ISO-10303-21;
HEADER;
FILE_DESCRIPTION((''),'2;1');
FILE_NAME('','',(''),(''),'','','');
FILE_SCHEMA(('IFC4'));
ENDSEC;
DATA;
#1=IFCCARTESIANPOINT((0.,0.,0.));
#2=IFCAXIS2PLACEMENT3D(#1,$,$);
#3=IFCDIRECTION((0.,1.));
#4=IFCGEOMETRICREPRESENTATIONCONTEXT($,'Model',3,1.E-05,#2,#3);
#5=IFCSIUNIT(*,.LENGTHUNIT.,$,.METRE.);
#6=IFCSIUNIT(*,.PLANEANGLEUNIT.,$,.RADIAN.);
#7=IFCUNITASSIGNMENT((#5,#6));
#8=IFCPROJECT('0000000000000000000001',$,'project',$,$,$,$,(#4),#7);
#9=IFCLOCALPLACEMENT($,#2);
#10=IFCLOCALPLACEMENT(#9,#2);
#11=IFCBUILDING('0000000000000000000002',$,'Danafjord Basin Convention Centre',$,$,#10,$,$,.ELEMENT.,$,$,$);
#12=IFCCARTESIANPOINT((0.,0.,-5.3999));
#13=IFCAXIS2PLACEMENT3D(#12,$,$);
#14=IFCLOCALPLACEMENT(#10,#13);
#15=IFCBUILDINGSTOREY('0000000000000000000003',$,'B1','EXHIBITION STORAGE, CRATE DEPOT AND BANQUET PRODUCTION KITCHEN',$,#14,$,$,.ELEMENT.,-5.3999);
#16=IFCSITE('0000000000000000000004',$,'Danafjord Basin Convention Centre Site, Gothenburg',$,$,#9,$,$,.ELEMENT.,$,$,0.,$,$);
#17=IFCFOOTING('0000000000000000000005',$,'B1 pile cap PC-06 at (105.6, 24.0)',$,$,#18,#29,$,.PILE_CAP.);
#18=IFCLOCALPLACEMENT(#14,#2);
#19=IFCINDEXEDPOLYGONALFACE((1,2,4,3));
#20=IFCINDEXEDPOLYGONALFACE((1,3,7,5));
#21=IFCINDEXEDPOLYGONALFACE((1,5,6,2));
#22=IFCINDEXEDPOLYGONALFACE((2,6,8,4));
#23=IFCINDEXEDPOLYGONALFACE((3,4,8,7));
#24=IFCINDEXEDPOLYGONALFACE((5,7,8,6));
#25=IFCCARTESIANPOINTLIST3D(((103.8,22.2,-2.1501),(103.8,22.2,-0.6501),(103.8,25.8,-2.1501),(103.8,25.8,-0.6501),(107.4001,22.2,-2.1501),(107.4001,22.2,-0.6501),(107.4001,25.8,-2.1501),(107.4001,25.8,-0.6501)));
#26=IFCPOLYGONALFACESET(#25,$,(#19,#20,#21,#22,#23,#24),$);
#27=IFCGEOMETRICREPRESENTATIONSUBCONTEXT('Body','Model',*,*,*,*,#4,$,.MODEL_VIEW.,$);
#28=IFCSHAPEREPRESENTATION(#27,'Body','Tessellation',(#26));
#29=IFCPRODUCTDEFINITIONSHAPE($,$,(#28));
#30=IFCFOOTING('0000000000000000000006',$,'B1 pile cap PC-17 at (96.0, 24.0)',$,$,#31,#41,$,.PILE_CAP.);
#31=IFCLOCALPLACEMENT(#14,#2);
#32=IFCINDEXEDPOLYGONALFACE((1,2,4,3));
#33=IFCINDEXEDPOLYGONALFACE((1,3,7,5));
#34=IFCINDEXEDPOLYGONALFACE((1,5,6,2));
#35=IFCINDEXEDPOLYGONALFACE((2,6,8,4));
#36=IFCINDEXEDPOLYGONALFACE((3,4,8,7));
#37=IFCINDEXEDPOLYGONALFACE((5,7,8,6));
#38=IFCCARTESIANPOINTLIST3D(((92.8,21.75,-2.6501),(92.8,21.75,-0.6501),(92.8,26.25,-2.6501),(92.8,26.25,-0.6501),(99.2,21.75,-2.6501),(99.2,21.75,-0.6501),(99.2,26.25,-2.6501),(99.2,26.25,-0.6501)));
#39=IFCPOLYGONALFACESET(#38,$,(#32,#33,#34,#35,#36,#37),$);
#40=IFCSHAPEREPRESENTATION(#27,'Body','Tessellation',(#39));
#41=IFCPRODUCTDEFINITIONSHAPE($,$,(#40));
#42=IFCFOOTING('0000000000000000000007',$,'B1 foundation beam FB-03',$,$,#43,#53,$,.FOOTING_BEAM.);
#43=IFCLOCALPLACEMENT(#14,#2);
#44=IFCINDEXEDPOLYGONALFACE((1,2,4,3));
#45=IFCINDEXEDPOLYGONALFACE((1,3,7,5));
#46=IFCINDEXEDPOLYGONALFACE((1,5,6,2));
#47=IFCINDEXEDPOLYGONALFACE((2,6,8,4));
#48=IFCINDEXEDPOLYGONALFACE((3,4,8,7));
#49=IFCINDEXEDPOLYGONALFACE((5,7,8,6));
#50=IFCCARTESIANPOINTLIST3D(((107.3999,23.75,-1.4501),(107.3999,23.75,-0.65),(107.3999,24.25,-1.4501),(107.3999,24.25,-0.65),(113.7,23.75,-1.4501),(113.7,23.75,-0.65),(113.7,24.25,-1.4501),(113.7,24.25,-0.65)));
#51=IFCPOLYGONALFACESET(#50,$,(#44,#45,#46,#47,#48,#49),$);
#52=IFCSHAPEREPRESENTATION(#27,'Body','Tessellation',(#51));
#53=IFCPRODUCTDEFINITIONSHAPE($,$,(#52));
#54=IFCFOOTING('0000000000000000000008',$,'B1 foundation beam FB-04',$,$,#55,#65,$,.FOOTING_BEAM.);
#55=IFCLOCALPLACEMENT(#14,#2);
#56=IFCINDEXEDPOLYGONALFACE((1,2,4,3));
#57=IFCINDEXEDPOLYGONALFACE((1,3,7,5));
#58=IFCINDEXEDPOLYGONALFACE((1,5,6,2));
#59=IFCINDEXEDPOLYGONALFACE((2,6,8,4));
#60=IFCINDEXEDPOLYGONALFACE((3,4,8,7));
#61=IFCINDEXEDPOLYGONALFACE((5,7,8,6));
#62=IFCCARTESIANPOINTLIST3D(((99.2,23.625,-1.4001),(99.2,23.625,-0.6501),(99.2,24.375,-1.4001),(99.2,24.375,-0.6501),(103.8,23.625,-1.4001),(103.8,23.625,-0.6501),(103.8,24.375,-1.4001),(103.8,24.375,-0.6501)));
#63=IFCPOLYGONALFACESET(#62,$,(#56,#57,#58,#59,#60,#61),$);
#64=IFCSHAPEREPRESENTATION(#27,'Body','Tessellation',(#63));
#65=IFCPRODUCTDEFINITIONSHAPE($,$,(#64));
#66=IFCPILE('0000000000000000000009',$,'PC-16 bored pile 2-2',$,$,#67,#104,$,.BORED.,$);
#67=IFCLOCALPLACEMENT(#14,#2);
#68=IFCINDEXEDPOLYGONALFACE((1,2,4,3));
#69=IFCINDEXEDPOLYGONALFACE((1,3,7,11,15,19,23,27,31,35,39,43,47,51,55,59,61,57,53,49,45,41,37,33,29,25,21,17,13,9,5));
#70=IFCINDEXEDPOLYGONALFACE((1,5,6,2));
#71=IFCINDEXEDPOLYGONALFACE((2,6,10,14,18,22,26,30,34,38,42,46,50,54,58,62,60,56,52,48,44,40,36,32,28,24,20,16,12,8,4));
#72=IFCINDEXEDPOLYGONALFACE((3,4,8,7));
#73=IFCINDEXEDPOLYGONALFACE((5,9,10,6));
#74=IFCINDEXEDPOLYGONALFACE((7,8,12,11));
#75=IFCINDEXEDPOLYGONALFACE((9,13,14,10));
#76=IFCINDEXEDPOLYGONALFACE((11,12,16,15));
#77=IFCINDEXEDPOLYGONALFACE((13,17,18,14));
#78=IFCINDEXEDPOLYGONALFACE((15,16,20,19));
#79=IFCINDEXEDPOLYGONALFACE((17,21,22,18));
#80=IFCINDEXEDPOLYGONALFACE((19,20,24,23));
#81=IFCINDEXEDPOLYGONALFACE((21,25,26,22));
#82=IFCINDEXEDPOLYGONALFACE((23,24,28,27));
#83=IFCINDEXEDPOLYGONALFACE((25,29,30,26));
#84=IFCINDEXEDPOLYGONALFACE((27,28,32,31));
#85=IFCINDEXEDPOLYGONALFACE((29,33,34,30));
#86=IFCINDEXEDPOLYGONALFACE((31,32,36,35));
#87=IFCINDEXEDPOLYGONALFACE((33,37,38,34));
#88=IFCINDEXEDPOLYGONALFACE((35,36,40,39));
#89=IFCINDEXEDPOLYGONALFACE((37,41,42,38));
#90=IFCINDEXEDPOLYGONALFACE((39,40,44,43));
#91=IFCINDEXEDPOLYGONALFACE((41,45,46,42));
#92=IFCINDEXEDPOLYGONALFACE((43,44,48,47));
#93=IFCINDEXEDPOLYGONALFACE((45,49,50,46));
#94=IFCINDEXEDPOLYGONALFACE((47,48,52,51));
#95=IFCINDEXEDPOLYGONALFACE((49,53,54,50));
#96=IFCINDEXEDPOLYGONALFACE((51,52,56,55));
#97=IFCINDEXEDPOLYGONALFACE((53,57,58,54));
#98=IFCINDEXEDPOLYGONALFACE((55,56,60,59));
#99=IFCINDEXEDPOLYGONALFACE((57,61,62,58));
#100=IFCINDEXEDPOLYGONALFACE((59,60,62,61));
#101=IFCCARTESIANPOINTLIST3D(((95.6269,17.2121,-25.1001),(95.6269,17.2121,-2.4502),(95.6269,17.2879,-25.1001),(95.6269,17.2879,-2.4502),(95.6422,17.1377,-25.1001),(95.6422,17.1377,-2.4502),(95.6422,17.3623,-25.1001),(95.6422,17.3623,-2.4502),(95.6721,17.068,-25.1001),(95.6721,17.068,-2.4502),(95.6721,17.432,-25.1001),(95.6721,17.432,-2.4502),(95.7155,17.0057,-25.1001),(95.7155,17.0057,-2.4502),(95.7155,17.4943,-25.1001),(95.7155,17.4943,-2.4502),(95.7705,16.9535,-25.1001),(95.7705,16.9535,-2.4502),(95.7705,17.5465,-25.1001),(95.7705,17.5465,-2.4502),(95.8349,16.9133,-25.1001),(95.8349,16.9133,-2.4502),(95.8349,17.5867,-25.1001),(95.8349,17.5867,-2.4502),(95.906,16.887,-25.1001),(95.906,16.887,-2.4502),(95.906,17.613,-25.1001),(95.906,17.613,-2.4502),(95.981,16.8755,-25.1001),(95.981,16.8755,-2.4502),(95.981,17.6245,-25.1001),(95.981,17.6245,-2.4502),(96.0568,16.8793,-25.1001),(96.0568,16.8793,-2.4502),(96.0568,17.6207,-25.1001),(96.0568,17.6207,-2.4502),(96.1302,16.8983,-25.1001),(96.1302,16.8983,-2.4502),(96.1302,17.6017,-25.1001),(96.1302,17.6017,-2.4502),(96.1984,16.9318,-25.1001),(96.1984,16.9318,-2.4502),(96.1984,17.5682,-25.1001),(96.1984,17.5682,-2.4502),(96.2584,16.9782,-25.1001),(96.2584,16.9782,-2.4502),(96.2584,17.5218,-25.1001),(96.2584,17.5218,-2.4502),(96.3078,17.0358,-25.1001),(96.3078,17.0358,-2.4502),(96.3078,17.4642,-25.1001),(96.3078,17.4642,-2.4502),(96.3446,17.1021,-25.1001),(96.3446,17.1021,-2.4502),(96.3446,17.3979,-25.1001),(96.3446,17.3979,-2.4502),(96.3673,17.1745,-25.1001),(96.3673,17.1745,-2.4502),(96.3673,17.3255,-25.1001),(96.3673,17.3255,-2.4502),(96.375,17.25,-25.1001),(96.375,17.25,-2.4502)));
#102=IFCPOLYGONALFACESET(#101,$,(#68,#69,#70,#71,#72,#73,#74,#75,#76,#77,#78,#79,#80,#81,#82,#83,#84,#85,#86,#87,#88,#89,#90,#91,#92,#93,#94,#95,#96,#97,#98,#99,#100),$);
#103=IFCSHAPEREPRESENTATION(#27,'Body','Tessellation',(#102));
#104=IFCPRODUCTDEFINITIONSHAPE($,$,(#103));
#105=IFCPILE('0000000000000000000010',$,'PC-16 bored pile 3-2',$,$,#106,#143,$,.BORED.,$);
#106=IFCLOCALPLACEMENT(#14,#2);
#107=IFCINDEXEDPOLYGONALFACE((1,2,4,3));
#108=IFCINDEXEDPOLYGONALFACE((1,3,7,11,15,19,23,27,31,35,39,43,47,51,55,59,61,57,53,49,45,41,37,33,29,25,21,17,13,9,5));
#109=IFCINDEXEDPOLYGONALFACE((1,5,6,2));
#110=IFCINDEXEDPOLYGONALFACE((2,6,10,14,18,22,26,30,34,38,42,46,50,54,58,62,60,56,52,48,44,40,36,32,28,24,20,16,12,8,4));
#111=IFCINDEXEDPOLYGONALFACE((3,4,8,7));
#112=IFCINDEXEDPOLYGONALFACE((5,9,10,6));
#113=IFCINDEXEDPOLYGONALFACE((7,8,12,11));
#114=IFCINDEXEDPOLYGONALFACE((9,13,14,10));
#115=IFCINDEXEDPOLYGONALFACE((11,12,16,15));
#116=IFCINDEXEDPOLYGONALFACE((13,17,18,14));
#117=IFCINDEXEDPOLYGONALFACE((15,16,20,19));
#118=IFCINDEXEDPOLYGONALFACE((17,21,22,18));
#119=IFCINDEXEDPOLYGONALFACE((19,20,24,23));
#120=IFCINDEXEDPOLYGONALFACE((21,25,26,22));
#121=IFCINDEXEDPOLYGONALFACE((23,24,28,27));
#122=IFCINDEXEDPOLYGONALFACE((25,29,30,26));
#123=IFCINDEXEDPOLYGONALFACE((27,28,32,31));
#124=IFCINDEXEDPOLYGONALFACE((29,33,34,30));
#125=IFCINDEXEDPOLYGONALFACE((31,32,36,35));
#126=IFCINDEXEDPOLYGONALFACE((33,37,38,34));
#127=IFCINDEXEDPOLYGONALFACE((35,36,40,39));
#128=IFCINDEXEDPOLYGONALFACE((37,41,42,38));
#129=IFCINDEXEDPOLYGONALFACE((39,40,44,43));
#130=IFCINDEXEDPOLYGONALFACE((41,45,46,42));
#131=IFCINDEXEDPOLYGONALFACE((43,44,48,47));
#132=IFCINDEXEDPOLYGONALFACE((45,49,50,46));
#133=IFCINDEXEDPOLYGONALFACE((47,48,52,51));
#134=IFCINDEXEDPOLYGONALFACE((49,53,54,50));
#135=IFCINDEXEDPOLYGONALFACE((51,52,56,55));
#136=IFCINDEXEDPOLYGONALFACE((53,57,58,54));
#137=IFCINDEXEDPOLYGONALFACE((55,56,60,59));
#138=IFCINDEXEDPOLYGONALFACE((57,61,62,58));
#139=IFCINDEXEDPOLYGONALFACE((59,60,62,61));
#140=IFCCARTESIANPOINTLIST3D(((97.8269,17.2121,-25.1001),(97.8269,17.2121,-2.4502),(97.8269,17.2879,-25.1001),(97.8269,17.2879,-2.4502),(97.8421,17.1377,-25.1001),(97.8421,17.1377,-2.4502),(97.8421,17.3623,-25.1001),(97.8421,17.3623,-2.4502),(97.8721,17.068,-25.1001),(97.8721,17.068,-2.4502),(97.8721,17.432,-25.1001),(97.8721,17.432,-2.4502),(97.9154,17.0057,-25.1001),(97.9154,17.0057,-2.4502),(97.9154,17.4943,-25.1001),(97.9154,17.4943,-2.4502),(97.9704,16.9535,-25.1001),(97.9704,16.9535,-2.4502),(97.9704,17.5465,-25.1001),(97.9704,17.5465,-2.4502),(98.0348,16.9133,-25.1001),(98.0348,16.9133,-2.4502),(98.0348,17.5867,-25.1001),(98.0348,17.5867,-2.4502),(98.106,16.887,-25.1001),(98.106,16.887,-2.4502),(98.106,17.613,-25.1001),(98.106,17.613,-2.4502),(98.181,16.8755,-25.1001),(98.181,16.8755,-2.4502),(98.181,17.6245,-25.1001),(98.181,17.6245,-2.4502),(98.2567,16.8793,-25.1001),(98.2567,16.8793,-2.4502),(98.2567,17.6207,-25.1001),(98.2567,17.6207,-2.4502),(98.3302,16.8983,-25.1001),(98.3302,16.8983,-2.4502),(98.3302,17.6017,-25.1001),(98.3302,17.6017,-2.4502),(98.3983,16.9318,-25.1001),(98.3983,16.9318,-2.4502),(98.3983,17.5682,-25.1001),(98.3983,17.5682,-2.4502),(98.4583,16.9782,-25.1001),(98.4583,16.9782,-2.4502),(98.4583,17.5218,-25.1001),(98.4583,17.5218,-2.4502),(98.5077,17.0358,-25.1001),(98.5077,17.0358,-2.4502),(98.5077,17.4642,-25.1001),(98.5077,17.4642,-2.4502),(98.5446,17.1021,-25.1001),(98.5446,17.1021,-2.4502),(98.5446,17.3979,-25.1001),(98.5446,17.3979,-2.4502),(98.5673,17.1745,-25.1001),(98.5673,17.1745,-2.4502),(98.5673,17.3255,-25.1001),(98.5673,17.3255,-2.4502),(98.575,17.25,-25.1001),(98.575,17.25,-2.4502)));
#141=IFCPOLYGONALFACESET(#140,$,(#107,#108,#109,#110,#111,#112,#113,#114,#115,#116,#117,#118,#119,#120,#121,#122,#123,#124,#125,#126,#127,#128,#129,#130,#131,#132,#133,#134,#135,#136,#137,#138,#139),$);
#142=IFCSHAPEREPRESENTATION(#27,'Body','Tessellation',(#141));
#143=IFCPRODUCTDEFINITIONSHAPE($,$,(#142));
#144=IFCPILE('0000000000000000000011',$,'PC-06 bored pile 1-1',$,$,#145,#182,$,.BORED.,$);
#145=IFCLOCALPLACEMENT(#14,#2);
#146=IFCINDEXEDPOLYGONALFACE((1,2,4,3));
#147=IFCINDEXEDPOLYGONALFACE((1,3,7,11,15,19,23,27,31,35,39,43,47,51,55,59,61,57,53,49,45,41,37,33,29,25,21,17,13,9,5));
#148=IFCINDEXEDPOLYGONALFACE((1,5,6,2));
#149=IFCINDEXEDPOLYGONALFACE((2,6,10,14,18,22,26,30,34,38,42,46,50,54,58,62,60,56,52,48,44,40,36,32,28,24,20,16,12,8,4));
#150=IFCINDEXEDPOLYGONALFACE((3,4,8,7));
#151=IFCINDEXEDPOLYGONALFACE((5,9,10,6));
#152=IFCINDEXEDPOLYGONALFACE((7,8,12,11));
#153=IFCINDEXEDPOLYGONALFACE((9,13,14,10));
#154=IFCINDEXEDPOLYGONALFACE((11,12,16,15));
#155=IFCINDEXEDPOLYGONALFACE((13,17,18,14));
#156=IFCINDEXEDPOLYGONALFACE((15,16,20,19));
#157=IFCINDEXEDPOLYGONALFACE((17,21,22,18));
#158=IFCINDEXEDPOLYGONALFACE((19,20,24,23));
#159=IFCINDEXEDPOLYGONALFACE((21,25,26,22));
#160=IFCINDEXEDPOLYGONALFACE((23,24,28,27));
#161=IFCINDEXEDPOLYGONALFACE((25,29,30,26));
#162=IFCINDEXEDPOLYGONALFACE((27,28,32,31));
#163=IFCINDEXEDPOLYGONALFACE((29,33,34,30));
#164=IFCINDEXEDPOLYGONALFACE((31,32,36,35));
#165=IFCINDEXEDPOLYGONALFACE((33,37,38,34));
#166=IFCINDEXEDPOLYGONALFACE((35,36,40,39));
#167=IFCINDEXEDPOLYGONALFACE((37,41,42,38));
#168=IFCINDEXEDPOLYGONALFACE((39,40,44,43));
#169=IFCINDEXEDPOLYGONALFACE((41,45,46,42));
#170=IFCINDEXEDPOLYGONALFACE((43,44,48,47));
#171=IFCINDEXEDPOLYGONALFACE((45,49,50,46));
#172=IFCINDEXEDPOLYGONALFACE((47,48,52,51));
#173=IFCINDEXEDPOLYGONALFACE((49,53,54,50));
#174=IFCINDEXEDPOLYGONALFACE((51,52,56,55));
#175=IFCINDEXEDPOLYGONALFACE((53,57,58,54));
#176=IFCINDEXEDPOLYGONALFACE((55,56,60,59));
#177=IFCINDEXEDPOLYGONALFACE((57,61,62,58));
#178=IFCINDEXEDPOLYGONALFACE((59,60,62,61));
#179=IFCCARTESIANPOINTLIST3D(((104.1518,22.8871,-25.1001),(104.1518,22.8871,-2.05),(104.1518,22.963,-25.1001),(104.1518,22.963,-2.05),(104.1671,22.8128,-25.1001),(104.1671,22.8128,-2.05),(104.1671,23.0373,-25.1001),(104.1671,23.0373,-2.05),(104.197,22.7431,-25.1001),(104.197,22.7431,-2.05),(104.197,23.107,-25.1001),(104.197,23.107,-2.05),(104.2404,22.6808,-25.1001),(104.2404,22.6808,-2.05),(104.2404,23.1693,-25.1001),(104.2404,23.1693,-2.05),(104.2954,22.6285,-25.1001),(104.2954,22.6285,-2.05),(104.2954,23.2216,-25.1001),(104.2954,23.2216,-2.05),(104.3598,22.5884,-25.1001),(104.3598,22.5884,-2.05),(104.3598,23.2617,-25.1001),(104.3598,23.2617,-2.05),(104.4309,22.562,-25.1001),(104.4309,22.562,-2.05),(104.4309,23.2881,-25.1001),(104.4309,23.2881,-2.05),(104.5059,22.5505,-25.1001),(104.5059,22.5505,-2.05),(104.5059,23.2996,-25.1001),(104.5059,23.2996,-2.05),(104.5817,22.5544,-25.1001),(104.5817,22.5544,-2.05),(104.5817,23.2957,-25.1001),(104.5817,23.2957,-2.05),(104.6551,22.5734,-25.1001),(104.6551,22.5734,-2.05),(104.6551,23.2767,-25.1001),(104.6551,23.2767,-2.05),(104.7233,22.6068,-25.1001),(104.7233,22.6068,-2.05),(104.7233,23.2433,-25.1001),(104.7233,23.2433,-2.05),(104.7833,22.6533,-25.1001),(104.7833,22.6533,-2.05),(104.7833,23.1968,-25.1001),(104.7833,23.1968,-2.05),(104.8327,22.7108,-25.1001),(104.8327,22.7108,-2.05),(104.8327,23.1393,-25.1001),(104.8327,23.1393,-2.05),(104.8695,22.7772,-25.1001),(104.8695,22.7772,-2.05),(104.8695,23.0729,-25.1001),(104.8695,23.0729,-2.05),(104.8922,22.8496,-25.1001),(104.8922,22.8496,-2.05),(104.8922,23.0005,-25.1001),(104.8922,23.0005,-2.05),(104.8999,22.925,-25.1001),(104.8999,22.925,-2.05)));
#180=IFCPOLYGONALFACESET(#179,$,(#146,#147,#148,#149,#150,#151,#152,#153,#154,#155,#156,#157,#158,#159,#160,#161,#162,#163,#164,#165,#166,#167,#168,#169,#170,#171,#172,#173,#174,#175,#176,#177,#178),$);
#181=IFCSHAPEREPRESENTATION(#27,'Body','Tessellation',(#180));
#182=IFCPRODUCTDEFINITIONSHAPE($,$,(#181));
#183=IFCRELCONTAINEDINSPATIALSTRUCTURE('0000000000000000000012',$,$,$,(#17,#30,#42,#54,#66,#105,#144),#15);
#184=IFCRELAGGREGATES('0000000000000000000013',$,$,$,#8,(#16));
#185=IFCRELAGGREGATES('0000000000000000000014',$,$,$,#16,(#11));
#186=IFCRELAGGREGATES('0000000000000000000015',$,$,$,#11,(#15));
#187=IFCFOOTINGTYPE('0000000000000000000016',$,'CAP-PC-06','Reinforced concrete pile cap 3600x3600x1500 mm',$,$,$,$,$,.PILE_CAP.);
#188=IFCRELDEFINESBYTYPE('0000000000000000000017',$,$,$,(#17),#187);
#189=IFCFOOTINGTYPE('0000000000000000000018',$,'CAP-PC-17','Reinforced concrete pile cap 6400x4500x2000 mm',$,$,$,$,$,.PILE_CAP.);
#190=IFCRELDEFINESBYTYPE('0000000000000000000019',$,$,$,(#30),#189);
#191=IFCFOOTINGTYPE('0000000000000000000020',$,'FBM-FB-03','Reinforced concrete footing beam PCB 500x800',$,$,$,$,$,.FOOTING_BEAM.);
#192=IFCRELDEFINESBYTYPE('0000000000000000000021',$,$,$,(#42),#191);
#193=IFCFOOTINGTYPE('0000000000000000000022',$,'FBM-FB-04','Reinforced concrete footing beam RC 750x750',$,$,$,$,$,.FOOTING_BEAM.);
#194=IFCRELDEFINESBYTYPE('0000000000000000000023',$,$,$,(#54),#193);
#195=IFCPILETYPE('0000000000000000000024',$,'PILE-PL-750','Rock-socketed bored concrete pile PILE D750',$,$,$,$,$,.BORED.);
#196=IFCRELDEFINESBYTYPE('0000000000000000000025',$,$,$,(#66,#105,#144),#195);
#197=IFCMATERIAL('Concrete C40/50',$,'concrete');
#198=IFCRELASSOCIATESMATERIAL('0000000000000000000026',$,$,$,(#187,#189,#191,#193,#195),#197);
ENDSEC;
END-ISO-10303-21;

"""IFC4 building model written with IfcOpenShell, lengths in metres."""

from ifc_helpers import new_model, si_unit, direction, frame, origin, origin_2d, place, context, subcontext, project, spatial, rectangle, circle, extrude, material, material_profile, profile_set, type_object, element, save


model = new_model("IFC4")

# Units and contexts
model_context = context("Model", 3, precision=1e-05, world=origin(), true_north=direction((0.0, 1.0)))
body_context = subcontext(model_context, "Body", "Model", "MODEL_VIEW")
ifc_project = project(units=[si_unit("LENGTHUNIT", "METRE"), si_unit("PLANEANGLEUNIT", "RADIAN")], contexts=[model_context])

# Site, building, storey
site_placement = place(None, origin())
site = spatial("IfcSite", under=ifc_project, at=site_placement, Name="Danafjord Basin Convention Centre Site, Gothenburg", CompositionType="ELEMENT", RefElevation=0.0)
building_placement = place(site_placement, origin())
building = spatial("IfcBuilding", under=site, at=building_placement, Name="Danafjord Basin Convention Centre", CompositionType="ELEMENT")
storey_placement = place(building_placement, frame((0.0, 0.0, -5.3999)))
storey = spatial("IfcBuildingStorey", under=building, at=storey_placement, Name="B1", Description="EXHIBITION STORAGE, CRATE DEPOT AND BANQUET PRODUCTION KITCHEN", CompositionType="ELEMENT", Elevation=-5.3999)

# Footings
ifc_material_1 = material(Name="Concrete C40/50", Category="concrete")
footing_type_1 = type_object("IfcFootingType", Name="CAP-PC-06", Description="Reinforced concrete pile cap 3600x3600x1500 mm", PredefinedType="PILE_CAP", material=ifc_material_1)
footing_1_placement = place(storey_placement, frame((105.6001, 24.0, -2.1501), z_axis=(0.0, 0.0, 1.0), x_axis=(1.0, 0.0, 0.0)))
element("IfcFooting", 1, at=footing_1_placement, inside=storey, type_object=footing_type_1, Name="B1 pile cap PC-06 at (105.6, 24.0)", PredefinedType="PILE_CAP", context=body_context, shape_type="SweptSolid", body=[
    extrude(rectangle(XDim=3.6001, YDim=3.6001, at=origin_2d()), origin(), (0.0, 0.0, 1.0), 1.5),
])
footing_type_2 = type_object("IfcFootingType", Name="CAP-PC-17", Description="Reinforced concrete pile cap 6400x4500x2000 mm", PredefinedType="PILE_CAP", material=ifc_material_1)
footing_2_placement = place(storey_placement, frame((96.0, 24.0, -2.6501), z_axis=(0.0, 0.0, 1.0), x_axis=(1.0, 0.0, 0.0)))
element("IfcFooting", 2, at=footing_2_placement, inside=storey, type_object=footing_type_2, Name="B1 pile cap PC-17 at (96.0, 24.0)", PredefinedType="PILE_CAP", context=body_context, shape_type="SweptSolid", body=[
    extrude(rectangle(XDim=6.3999, YDim=4.5, at=origin_2d()), origin(), (0.0, 0.0, 1.0), 2.0),
])
ifc_material_profile_1 = material_profile(ifc_material_1, rectangle(XDim=0.5, YDim=0.8, at=origin_2d()), Name="PCB 500x800")
ifc_profile_set_1 = profile_set([ifc_material_profile_1], Name="Concrete C40/50")
footing_type_3 = type_object("IfcFootingType", Name="FBM-FB-03", Description="Reinforced concrete footing beam PCB 500x800", PredefinedType="FOOTING_BEAM", material=ifc_profile_set_1)
footing_3_placement = place(storey_placement, frame((107.3999, 24.0, -1.05), z_axis=(1.0, 0.0, 0.0), x_axis=(0.0, 1.0, 0.0)))
element("IfcFooting", 3, at=footing_3_placement, inside=storey, type_object=footing_type_3, Name="B1 foundation beam FB-03", PredefinedType="FOOTING_BEAM", context=body_context, shape_type="SweptSolid", body=[
    extrude(rectangle(XDim=0.5, YDim=0.8, at=origin_2d()), origin(), (0.0, 0.0, 1.0), 6.3),
])
ifc_material_profile_2 = material_profile(ifc_material_1, rectangle(XDim=0.75, YDim=0.75, at=origin_2d()), Name="RC 750x750")
ifc_profile_set_2 = profile_set([ifc_material_profile_2], Name="Concrete C40/50")
footing_type_4 = type_object("IfcFootingType", Name="FBM-FB-04", Description="Reinforced concrete footing beam RC 750x750", PredefinedType="FOOTING_BEAM", material=ifc_profile_set_2)
footing_4_placement = place(storey_placement, frame((99.2, 24.0, -1.0251), z_axis=(1.0, 0.0, 0.0), x_axis=(0.0, 1.0, 0.0)))
element("IfcFooting", 4, at=footing_4_placement, inside=storey, type_object=footing_type_4, Name="B1 foundation beam FB-04", PredefinedType="FOOTING_BEAM", context=body_context, shape_type="SweptSolid", body=[
    extrude(rectangle(XDim=0.75, YDim=0.75, at=origin_2d()), origin(), (0.0, 0.0, 1.0), 4.6001),
])

# Piles
ifc_material_profile_3 = material_profile(ifc_material_1, circle(Radius=0.375, at=origin_2d()), Name="PILE D750")
ifc_profile_set_3 = profile_set([ifc_material_profile_3], Name="Concrete C40/50")
pile_type_1 = type_object("IfcPileType", Name="PILE-PL-750", Description="Rock-socketed bored concrete pile PILE D750", PredefinedType="BORED", material=ifc_profile_set_3)
for number, where, z_axis, x_axis, name in (
    (5, (96.0, 17.25, -2.4502), (0.0, 0.0, -1.0), (1.0, 0.0, 0.0), "PC-16 bored pile 2-2"),
    (6, (98.2, 17.25, -2.4502), (0.0, 0.0, -1.0), (1.0, 0.0, 0.0), "PC-16 bored pile 3-2"),
):
    element("IfcPile", number, at=place(storey_placement, frame(where, z_axis=z_axis, x_axis=x_axis)), inside=storey, type_object=pile_type_1, Name=name, PredefinedType="BORED", context=body_context, shape_type="SweptSolid", body=[
        extrude(circle(Radius=0.375, at=origin_2d()), origin(), (0.0, 0.0, 1.0), 22.6499),
    ])
for number, where, z_axis, x_axis, name in (
    (7, (104.5249, 22.925, -2.05), (0.0, 0.0, -1.0), (1.0, 0.0, 0.0), "PC-06 bored pile 1-1"),
):
    element("IfcPile", number, at=place(storey_placement, frame(where, z_axis=z_axis, x_axis=x_axis)), inside=storey, type_object=pile_type_1, Name=name, PredefinedType="BORED", context=body_context, shape_type="SweptSolid", body=[
        extrude(circle(Radius=0.375, at=origin_2d()), origin(), (0.0, 0.0, 1.0), 23.05),
    ])

save(model, "model.ifc")
